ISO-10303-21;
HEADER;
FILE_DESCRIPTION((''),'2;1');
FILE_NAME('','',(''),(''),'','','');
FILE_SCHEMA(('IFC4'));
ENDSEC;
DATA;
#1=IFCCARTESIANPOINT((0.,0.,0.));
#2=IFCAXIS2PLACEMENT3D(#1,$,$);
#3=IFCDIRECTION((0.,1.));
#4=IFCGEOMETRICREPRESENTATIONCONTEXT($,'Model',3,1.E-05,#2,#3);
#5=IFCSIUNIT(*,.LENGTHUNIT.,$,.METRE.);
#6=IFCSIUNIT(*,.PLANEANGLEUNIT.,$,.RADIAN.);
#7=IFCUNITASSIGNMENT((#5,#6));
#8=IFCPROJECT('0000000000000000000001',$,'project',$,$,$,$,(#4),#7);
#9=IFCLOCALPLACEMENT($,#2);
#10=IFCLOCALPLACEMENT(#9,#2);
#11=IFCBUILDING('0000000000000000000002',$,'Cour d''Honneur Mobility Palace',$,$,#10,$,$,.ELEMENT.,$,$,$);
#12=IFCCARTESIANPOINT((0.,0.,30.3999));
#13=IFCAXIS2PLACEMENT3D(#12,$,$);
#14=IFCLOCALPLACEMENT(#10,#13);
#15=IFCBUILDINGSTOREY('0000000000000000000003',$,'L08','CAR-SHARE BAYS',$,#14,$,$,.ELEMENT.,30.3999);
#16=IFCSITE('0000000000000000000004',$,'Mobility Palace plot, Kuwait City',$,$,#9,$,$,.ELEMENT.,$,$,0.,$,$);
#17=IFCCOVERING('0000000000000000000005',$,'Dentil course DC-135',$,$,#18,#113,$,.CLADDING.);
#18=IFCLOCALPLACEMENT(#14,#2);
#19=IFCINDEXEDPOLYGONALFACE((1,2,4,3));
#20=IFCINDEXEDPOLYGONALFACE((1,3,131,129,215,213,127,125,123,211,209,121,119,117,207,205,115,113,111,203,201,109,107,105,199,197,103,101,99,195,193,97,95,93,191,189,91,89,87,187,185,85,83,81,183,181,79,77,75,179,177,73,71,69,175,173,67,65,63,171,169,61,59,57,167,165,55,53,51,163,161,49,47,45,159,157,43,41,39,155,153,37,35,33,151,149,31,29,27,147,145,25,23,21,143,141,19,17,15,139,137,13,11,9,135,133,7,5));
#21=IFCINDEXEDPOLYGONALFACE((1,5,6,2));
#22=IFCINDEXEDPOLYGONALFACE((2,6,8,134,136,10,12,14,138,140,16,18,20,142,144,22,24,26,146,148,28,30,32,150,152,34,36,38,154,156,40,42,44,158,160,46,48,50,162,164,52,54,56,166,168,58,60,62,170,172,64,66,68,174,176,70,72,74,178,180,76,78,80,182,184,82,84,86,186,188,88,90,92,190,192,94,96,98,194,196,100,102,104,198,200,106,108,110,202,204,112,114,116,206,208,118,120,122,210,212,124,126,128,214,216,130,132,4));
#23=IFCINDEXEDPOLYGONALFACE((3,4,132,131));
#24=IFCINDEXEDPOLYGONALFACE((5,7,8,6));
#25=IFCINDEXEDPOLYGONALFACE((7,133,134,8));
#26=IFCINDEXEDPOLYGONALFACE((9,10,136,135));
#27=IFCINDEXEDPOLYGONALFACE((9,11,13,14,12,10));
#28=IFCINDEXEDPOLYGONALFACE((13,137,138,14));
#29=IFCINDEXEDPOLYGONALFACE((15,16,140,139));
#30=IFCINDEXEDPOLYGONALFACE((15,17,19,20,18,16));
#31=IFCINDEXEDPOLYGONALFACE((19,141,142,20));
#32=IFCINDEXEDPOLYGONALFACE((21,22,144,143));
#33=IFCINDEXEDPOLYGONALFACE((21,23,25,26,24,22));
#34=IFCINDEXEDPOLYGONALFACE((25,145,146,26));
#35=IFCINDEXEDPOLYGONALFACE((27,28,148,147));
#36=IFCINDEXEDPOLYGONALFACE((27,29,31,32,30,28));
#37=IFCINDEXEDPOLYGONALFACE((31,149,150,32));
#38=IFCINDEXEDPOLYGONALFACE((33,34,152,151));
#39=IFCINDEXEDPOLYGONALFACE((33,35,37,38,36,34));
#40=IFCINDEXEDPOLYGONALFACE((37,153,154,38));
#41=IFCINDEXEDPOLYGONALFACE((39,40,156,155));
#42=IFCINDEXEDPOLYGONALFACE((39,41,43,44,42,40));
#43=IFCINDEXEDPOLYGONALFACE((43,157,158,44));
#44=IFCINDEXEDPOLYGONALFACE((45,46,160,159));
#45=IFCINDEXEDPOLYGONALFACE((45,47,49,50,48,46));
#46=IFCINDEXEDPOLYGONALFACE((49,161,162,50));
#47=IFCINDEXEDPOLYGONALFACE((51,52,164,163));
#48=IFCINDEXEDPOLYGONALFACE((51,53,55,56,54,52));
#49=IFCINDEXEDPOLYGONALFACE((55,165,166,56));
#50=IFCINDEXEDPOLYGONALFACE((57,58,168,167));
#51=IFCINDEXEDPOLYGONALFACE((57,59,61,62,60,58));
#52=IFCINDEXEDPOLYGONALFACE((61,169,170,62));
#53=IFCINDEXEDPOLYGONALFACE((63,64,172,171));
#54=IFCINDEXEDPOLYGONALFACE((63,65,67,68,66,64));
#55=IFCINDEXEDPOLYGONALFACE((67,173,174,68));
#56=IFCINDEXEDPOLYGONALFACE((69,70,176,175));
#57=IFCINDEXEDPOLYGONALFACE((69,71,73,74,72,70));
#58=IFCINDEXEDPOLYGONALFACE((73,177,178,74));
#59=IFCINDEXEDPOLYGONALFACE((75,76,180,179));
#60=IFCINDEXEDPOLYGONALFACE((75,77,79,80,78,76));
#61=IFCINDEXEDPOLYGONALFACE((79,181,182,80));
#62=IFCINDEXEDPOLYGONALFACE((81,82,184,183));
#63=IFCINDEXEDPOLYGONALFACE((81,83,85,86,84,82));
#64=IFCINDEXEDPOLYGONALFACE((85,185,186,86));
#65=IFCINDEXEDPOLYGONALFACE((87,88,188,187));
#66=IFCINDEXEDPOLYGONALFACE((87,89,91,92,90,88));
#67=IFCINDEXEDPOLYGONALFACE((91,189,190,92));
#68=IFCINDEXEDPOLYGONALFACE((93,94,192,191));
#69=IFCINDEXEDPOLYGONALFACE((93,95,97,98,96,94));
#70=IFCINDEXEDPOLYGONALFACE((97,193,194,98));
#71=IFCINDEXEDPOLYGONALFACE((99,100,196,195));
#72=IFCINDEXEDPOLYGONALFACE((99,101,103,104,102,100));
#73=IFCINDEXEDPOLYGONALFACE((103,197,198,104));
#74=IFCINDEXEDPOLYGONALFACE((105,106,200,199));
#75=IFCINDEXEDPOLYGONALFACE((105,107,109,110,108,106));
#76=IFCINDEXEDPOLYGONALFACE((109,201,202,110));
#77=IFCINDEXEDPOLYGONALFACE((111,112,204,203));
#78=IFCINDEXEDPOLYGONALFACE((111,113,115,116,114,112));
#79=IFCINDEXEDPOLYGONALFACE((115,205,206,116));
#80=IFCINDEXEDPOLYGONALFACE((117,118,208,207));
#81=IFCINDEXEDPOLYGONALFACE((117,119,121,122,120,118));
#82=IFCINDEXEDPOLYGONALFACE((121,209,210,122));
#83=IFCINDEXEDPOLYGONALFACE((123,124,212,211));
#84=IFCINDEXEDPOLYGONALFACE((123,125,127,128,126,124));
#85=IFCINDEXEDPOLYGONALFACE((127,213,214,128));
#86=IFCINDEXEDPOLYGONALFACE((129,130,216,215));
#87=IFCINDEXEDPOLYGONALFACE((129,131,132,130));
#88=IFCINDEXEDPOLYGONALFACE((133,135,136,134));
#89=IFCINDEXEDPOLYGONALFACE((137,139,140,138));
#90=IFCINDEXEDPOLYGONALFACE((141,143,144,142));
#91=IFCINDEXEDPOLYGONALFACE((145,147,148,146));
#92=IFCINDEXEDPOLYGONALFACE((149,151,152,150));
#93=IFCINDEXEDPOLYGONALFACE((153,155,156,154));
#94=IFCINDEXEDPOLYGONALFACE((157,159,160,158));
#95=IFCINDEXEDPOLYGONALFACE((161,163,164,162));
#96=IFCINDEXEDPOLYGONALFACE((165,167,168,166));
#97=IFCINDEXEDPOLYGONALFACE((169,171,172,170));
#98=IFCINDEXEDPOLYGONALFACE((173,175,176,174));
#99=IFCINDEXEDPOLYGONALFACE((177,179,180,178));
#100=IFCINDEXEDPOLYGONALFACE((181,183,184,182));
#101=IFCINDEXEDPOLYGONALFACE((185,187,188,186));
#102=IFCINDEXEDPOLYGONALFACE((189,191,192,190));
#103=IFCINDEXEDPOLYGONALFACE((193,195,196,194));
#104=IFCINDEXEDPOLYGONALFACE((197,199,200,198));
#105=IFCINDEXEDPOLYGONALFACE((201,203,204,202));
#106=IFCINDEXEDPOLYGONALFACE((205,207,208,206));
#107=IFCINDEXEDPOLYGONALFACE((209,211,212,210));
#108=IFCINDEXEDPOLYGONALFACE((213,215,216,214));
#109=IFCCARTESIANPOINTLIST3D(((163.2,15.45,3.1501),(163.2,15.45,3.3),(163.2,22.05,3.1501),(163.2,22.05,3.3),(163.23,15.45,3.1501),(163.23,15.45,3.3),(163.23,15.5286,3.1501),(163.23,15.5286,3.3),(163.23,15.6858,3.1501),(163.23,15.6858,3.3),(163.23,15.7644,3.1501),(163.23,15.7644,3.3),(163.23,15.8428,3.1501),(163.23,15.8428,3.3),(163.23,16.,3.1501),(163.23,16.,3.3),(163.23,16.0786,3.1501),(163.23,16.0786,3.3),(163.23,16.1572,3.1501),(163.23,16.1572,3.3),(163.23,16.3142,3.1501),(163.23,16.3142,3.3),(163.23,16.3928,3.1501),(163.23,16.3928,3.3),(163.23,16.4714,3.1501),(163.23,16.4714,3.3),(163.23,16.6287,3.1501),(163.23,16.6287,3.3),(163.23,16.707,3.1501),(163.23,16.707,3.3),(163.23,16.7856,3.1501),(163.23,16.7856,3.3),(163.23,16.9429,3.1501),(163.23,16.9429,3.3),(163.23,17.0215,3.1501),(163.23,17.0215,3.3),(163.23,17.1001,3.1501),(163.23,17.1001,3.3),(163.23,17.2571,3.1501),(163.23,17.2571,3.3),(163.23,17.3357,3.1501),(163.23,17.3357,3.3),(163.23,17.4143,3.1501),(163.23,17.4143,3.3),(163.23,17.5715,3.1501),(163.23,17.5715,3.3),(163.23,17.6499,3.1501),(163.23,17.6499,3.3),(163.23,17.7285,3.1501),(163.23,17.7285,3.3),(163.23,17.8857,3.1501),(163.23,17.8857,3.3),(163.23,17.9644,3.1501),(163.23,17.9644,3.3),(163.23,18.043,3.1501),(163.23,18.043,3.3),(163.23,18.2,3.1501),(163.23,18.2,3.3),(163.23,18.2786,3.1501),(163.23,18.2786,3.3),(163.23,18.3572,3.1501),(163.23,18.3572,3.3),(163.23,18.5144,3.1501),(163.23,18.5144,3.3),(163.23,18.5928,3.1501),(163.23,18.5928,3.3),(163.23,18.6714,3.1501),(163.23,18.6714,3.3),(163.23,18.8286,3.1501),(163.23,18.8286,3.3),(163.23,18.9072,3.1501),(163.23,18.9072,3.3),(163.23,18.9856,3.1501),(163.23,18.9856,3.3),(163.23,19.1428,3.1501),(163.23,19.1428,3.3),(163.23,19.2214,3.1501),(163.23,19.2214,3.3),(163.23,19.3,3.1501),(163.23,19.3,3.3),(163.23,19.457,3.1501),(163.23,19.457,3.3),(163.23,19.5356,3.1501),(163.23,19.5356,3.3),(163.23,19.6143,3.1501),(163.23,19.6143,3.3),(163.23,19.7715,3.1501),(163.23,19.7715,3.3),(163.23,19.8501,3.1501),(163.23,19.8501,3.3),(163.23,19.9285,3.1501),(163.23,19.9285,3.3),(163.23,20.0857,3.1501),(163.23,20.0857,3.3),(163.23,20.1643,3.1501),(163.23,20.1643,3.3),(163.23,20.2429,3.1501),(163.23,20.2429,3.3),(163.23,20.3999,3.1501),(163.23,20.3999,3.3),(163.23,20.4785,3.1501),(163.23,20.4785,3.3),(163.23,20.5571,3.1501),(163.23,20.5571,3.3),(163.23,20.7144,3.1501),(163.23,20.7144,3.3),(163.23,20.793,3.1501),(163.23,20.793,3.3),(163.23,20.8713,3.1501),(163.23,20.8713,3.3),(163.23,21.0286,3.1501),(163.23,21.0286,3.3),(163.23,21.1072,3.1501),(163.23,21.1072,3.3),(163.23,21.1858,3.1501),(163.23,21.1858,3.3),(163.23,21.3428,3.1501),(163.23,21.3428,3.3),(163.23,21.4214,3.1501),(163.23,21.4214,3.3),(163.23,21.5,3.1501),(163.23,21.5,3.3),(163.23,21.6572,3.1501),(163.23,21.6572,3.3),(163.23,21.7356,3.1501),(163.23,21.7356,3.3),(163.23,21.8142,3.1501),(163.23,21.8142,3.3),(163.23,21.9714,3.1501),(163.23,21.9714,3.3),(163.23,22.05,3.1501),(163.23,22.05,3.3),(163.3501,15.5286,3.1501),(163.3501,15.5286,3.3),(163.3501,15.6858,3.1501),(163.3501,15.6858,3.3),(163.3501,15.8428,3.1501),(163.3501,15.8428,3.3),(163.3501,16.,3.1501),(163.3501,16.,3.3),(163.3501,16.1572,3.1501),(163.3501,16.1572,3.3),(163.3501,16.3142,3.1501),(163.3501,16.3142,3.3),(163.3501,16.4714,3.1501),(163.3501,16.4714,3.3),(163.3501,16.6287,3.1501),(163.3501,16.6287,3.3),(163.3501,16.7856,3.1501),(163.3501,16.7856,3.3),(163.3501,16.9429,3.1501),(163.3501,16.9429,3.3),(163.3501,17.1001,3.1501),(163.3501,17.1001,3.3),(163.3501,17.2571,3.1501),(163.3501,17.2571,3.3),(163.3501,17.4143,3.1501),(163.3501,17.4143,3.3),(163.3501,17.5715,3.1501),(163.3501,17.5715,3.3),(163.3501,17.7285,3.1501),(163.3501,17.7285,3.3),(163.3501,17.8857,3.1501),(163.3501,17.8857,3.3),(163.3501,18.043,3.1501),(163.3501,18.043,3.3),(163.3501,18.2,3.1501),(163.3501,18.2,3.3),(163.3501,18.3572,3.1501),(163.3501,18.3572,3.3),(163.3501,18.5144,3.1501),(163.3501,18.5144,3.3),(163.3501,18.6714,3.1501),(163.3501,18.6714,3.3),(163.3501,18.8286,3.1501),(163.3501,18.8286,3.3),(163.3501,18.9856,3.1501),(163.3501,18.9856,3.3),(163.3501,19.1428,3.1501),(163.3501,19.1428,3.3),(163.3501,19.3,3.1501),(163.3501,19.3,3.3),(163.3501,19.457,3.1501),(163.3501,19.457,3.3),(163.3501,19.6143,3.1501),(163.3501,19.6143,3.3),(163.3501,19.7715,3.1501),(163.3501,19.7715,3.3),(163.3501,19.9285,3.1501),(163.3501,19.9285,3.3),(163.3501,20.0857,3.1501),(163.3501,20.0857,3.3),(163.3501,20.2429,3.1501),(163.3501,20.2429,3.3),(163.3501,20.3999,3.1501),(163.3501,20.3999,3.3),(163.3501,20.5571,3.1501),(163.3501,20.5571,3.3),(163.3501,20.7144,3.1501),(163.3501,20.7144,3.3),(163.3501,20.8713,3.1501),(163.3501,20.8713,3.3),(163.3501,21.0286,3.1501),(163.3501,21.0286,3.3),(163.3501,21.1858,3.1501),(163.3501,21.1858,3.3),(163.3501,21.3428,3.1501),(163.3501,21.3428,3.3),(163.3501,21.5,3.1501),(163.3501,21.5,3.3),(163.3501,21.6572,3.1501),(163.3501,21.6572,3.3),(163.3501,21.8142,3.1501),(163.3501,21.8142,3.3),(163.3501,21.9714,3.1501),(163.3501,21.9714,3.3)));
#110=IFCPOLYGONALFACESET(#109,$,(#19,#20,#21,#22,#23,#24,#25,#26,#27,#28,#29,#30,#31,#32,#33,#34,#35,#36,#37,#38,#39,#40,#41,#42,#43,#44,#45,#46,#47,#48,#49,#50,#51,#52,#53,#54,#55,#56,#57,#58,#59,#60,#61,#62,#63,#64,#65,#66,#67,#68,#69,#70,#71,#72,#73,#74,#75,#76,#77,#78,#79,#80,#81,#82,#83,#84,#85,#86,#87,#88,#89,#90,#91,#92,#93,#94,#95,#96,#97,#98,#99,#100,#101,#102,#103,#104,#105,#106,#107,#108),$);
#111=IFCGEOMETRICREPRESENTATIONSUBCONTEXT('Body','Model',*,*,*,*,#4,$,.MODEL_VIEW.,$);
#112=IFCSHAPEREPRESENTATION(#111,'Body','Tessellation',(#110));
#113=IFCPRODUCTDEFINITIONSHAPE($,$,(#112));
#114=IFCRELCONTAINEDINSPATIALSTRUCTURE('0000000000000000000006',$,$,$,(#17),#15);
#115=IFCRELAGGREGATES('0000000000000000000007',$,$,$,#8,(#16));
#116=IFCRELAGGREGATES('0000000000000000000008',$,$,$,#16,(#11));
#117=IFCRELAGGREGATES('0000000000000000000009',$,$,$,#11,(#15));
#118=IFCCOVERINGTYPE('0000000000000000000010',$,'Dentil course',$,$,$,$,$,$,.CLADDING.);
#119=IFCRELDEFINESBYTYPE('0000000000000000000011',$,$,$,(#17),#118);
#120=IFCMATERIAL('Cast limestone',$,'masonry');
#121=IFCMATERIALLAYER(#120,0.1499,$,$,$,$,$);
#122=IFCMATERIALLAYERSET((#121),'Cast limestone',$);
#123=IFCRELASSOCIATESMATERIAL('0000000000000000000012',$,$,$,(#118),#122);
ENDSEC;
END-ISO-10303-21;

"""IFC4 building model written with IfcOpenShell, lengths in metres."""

from ifc_helpers import new_model, si_unit, direction, frame, origin, place, context, subcontext, project, spatial, polyline, outline, extrude, material, layer, layer_set, type_object, element, save


model = new_model("IFC4")

# Units and contexts
model_context = context("Model", 3, precision=1e-05, world=origin(), true_north=direction((0.0, 1.0)))
body_context = subcontext(model_context, "Body", "Model", "MODEL_VIEW")
ifc_project = project(units=[si_unit("LENGTHUNIT", "METRE"), si_unit("PLANEANGLEUNIT", "RADIAN")], contexts=[model_context])

# Site, building, storey
site_placement = place(None, origin())
site = spatial("IfcSite", under=ifc_project, at=site_placement, Name="Mobility Palace plot, Kuwait City", CompositionType="ELEMENT", RefElevation=0.0)
building_placement = place(site_placement, origin())
building = spatial("IfcBuilding", under=site, at=building_placement, Name="Cour d'Honneur Mobility Palace", CompositionType="ELEMENT")
storey_placement = place(building_placement, frame((0.0, 0.0, 30.3999)))
storey = spatial("IfcBuildingStorey", under=building, at=storey_placement, Name="L08", Description="CAR-SHARE BAYS", CompositionType="ELEMENT", Elevation=30.3999)

# Covering
ifc_material_1 = material(Name="Cast limestone", Category="masonry")
ifc_layer_1 = layer(ifc_material_1, 0.1499)
ifc_layer_set_1 = layer_set([ifc_layer_1], Name="Cast limestone")
covering_type_1 = type_object("IfcCoveringType", Name="Dentil course", PredefinedType="CLADDING", material=ifc_layer_set_1)
covering_1_placement = place(storey_placement, frame((0.0, 0.0, 3.1501)))
element("IfcCovering", 1, at=covering_1_placement, inside=storey, type_object=covering_type_1, Name="Dentil course DC-135", PredefinedType="CLADDING", context=body_context, shape_type="SweptSolid", body=[
    extrude(outline(polyline([(163.2, 15.45), (163.2, 22.05), (163.23, 22.05), (163.23, 22.05), (163.23, 21.9714), (163.3501, 21.9714), (163.3501, 21.8142), (163.23, 21.8142), (163.23, 21.7356), (163.23, 21.7356), (163.23, 21.6572), (163.3501, 21.6572), (163.3501, 21.5), (163.23, 21.5), (163.23, 21.4214), (163.23, 21.4214), (163.23, 21.3428), (163.3501, 21.3428), (163.3501, 21.1858), (163.23, 21.1858), (163.23, 21.1072), (163.23, 21.1072), (163.23, 21.0286), (163.3501, 21.0286), (163.3501, 20.8713), (163.23, 20.8713), (163.23, 20.793), (163.23, 20.793), (163.23, 20.7144), (163.3501, 20.7144), (163.3501, 20.5571), (163.23, 20.5571), (163.23, 20.4785), (163.23, 20.4785), (163.23, 20.3999), (163.3501, 20.3999), (163.3501, 20.2429), (163.23, 20.2429), (163.23, 20.1643), (163.23, 20.1643), (163.23, 20.0857), (163.3501, 20.0857), (163.3501, 19.9285), (163.23, 19.9285), (163.23, 19.8501), (163.23, 19.8501), (163.23, 19.7715), (163.3501, 19.7715), (163.3501, 19.6143), (163.23, 19.6143), (163.23, 19.5356), (163.23, 19.5356), (163.23, 19.457), (163.3501, 19.457), (163.3501, 19.3), (163.23, 19.3), (163.23, 19.2214), (163.23, 19.2214), (163.23, 19.1428), (163.3501, 19.1428), (163.3501, 18.9856), (163.23, 18.9856), (163.23, 18.9072), (163.23, 18.9072), (163.23, 18.8286), (163.3501, 18.8286), (163.3501, 18.6714), (163.23, 18.6714), (163.23, 18.5928), (163.23, 18.5928), (163.23, 18.5144), (163.3501, 18.5144), (163.3501, 18.3572), (163.23, 18.3572), (163.23, 18.2786), (163.23, 18.2786), (163.23, 18.2), (163.3501, 18.2), (163.3501, 18.043), (163.23, 18.043), (163.23, 17.9644), (163.23, 17.9644), (163.23, 17.8857), (163.3501, 17.8857), (163.3501, 17.7285), (163.23, 17.7285), (163.23, 17.6499), (163.23, 17.6499), (163.23, 17.5715), (163.3501, 17.5715), (163.3501, 17.4143), (163.23, 17.4143), (163.23, 17.3357), (163.23, 17.3357), (163.23, 17.2571), (163.3501, 17.2571), (163.3501, 17.1001), (163.23, 17.1001), (163.23, 17.0215), (163.23, 17.0215), (163.23, 16.9429), (163.3501, 16.9429), (163.3501, 16.7856), (163.23, 16.7856), (163.23, 16.707), (163.23, 16.707), (163.23, 16.6287), (163.3501, 16.6287), (163.3501, 16.4714), (163.23, 16.4714), (163.23, 16.3928), (163.23, 16.3928), (163.23, 16.3142), (163.3501, 16.3142), (163.3501, 16.1572), (163.23, 16.1572), (163.23, 16.0786), (163.23, 16.0786), (163.23, 16.0), (163.3501, 16.0), (163.3501, 15.8428), (163.23, 15.8428), (163.23, 15.7644), (163.23, 15.7644), (163.23, 15.6858), (163.3501, 15.6858), (163.3501, 15.5286), (163.23, 15.5286), (163.23, 15.45), (163.2, 15.45)])), origin(), (0.0, 0.0, 1.0), 0.1499),
])

save(model, "model.ifc")
